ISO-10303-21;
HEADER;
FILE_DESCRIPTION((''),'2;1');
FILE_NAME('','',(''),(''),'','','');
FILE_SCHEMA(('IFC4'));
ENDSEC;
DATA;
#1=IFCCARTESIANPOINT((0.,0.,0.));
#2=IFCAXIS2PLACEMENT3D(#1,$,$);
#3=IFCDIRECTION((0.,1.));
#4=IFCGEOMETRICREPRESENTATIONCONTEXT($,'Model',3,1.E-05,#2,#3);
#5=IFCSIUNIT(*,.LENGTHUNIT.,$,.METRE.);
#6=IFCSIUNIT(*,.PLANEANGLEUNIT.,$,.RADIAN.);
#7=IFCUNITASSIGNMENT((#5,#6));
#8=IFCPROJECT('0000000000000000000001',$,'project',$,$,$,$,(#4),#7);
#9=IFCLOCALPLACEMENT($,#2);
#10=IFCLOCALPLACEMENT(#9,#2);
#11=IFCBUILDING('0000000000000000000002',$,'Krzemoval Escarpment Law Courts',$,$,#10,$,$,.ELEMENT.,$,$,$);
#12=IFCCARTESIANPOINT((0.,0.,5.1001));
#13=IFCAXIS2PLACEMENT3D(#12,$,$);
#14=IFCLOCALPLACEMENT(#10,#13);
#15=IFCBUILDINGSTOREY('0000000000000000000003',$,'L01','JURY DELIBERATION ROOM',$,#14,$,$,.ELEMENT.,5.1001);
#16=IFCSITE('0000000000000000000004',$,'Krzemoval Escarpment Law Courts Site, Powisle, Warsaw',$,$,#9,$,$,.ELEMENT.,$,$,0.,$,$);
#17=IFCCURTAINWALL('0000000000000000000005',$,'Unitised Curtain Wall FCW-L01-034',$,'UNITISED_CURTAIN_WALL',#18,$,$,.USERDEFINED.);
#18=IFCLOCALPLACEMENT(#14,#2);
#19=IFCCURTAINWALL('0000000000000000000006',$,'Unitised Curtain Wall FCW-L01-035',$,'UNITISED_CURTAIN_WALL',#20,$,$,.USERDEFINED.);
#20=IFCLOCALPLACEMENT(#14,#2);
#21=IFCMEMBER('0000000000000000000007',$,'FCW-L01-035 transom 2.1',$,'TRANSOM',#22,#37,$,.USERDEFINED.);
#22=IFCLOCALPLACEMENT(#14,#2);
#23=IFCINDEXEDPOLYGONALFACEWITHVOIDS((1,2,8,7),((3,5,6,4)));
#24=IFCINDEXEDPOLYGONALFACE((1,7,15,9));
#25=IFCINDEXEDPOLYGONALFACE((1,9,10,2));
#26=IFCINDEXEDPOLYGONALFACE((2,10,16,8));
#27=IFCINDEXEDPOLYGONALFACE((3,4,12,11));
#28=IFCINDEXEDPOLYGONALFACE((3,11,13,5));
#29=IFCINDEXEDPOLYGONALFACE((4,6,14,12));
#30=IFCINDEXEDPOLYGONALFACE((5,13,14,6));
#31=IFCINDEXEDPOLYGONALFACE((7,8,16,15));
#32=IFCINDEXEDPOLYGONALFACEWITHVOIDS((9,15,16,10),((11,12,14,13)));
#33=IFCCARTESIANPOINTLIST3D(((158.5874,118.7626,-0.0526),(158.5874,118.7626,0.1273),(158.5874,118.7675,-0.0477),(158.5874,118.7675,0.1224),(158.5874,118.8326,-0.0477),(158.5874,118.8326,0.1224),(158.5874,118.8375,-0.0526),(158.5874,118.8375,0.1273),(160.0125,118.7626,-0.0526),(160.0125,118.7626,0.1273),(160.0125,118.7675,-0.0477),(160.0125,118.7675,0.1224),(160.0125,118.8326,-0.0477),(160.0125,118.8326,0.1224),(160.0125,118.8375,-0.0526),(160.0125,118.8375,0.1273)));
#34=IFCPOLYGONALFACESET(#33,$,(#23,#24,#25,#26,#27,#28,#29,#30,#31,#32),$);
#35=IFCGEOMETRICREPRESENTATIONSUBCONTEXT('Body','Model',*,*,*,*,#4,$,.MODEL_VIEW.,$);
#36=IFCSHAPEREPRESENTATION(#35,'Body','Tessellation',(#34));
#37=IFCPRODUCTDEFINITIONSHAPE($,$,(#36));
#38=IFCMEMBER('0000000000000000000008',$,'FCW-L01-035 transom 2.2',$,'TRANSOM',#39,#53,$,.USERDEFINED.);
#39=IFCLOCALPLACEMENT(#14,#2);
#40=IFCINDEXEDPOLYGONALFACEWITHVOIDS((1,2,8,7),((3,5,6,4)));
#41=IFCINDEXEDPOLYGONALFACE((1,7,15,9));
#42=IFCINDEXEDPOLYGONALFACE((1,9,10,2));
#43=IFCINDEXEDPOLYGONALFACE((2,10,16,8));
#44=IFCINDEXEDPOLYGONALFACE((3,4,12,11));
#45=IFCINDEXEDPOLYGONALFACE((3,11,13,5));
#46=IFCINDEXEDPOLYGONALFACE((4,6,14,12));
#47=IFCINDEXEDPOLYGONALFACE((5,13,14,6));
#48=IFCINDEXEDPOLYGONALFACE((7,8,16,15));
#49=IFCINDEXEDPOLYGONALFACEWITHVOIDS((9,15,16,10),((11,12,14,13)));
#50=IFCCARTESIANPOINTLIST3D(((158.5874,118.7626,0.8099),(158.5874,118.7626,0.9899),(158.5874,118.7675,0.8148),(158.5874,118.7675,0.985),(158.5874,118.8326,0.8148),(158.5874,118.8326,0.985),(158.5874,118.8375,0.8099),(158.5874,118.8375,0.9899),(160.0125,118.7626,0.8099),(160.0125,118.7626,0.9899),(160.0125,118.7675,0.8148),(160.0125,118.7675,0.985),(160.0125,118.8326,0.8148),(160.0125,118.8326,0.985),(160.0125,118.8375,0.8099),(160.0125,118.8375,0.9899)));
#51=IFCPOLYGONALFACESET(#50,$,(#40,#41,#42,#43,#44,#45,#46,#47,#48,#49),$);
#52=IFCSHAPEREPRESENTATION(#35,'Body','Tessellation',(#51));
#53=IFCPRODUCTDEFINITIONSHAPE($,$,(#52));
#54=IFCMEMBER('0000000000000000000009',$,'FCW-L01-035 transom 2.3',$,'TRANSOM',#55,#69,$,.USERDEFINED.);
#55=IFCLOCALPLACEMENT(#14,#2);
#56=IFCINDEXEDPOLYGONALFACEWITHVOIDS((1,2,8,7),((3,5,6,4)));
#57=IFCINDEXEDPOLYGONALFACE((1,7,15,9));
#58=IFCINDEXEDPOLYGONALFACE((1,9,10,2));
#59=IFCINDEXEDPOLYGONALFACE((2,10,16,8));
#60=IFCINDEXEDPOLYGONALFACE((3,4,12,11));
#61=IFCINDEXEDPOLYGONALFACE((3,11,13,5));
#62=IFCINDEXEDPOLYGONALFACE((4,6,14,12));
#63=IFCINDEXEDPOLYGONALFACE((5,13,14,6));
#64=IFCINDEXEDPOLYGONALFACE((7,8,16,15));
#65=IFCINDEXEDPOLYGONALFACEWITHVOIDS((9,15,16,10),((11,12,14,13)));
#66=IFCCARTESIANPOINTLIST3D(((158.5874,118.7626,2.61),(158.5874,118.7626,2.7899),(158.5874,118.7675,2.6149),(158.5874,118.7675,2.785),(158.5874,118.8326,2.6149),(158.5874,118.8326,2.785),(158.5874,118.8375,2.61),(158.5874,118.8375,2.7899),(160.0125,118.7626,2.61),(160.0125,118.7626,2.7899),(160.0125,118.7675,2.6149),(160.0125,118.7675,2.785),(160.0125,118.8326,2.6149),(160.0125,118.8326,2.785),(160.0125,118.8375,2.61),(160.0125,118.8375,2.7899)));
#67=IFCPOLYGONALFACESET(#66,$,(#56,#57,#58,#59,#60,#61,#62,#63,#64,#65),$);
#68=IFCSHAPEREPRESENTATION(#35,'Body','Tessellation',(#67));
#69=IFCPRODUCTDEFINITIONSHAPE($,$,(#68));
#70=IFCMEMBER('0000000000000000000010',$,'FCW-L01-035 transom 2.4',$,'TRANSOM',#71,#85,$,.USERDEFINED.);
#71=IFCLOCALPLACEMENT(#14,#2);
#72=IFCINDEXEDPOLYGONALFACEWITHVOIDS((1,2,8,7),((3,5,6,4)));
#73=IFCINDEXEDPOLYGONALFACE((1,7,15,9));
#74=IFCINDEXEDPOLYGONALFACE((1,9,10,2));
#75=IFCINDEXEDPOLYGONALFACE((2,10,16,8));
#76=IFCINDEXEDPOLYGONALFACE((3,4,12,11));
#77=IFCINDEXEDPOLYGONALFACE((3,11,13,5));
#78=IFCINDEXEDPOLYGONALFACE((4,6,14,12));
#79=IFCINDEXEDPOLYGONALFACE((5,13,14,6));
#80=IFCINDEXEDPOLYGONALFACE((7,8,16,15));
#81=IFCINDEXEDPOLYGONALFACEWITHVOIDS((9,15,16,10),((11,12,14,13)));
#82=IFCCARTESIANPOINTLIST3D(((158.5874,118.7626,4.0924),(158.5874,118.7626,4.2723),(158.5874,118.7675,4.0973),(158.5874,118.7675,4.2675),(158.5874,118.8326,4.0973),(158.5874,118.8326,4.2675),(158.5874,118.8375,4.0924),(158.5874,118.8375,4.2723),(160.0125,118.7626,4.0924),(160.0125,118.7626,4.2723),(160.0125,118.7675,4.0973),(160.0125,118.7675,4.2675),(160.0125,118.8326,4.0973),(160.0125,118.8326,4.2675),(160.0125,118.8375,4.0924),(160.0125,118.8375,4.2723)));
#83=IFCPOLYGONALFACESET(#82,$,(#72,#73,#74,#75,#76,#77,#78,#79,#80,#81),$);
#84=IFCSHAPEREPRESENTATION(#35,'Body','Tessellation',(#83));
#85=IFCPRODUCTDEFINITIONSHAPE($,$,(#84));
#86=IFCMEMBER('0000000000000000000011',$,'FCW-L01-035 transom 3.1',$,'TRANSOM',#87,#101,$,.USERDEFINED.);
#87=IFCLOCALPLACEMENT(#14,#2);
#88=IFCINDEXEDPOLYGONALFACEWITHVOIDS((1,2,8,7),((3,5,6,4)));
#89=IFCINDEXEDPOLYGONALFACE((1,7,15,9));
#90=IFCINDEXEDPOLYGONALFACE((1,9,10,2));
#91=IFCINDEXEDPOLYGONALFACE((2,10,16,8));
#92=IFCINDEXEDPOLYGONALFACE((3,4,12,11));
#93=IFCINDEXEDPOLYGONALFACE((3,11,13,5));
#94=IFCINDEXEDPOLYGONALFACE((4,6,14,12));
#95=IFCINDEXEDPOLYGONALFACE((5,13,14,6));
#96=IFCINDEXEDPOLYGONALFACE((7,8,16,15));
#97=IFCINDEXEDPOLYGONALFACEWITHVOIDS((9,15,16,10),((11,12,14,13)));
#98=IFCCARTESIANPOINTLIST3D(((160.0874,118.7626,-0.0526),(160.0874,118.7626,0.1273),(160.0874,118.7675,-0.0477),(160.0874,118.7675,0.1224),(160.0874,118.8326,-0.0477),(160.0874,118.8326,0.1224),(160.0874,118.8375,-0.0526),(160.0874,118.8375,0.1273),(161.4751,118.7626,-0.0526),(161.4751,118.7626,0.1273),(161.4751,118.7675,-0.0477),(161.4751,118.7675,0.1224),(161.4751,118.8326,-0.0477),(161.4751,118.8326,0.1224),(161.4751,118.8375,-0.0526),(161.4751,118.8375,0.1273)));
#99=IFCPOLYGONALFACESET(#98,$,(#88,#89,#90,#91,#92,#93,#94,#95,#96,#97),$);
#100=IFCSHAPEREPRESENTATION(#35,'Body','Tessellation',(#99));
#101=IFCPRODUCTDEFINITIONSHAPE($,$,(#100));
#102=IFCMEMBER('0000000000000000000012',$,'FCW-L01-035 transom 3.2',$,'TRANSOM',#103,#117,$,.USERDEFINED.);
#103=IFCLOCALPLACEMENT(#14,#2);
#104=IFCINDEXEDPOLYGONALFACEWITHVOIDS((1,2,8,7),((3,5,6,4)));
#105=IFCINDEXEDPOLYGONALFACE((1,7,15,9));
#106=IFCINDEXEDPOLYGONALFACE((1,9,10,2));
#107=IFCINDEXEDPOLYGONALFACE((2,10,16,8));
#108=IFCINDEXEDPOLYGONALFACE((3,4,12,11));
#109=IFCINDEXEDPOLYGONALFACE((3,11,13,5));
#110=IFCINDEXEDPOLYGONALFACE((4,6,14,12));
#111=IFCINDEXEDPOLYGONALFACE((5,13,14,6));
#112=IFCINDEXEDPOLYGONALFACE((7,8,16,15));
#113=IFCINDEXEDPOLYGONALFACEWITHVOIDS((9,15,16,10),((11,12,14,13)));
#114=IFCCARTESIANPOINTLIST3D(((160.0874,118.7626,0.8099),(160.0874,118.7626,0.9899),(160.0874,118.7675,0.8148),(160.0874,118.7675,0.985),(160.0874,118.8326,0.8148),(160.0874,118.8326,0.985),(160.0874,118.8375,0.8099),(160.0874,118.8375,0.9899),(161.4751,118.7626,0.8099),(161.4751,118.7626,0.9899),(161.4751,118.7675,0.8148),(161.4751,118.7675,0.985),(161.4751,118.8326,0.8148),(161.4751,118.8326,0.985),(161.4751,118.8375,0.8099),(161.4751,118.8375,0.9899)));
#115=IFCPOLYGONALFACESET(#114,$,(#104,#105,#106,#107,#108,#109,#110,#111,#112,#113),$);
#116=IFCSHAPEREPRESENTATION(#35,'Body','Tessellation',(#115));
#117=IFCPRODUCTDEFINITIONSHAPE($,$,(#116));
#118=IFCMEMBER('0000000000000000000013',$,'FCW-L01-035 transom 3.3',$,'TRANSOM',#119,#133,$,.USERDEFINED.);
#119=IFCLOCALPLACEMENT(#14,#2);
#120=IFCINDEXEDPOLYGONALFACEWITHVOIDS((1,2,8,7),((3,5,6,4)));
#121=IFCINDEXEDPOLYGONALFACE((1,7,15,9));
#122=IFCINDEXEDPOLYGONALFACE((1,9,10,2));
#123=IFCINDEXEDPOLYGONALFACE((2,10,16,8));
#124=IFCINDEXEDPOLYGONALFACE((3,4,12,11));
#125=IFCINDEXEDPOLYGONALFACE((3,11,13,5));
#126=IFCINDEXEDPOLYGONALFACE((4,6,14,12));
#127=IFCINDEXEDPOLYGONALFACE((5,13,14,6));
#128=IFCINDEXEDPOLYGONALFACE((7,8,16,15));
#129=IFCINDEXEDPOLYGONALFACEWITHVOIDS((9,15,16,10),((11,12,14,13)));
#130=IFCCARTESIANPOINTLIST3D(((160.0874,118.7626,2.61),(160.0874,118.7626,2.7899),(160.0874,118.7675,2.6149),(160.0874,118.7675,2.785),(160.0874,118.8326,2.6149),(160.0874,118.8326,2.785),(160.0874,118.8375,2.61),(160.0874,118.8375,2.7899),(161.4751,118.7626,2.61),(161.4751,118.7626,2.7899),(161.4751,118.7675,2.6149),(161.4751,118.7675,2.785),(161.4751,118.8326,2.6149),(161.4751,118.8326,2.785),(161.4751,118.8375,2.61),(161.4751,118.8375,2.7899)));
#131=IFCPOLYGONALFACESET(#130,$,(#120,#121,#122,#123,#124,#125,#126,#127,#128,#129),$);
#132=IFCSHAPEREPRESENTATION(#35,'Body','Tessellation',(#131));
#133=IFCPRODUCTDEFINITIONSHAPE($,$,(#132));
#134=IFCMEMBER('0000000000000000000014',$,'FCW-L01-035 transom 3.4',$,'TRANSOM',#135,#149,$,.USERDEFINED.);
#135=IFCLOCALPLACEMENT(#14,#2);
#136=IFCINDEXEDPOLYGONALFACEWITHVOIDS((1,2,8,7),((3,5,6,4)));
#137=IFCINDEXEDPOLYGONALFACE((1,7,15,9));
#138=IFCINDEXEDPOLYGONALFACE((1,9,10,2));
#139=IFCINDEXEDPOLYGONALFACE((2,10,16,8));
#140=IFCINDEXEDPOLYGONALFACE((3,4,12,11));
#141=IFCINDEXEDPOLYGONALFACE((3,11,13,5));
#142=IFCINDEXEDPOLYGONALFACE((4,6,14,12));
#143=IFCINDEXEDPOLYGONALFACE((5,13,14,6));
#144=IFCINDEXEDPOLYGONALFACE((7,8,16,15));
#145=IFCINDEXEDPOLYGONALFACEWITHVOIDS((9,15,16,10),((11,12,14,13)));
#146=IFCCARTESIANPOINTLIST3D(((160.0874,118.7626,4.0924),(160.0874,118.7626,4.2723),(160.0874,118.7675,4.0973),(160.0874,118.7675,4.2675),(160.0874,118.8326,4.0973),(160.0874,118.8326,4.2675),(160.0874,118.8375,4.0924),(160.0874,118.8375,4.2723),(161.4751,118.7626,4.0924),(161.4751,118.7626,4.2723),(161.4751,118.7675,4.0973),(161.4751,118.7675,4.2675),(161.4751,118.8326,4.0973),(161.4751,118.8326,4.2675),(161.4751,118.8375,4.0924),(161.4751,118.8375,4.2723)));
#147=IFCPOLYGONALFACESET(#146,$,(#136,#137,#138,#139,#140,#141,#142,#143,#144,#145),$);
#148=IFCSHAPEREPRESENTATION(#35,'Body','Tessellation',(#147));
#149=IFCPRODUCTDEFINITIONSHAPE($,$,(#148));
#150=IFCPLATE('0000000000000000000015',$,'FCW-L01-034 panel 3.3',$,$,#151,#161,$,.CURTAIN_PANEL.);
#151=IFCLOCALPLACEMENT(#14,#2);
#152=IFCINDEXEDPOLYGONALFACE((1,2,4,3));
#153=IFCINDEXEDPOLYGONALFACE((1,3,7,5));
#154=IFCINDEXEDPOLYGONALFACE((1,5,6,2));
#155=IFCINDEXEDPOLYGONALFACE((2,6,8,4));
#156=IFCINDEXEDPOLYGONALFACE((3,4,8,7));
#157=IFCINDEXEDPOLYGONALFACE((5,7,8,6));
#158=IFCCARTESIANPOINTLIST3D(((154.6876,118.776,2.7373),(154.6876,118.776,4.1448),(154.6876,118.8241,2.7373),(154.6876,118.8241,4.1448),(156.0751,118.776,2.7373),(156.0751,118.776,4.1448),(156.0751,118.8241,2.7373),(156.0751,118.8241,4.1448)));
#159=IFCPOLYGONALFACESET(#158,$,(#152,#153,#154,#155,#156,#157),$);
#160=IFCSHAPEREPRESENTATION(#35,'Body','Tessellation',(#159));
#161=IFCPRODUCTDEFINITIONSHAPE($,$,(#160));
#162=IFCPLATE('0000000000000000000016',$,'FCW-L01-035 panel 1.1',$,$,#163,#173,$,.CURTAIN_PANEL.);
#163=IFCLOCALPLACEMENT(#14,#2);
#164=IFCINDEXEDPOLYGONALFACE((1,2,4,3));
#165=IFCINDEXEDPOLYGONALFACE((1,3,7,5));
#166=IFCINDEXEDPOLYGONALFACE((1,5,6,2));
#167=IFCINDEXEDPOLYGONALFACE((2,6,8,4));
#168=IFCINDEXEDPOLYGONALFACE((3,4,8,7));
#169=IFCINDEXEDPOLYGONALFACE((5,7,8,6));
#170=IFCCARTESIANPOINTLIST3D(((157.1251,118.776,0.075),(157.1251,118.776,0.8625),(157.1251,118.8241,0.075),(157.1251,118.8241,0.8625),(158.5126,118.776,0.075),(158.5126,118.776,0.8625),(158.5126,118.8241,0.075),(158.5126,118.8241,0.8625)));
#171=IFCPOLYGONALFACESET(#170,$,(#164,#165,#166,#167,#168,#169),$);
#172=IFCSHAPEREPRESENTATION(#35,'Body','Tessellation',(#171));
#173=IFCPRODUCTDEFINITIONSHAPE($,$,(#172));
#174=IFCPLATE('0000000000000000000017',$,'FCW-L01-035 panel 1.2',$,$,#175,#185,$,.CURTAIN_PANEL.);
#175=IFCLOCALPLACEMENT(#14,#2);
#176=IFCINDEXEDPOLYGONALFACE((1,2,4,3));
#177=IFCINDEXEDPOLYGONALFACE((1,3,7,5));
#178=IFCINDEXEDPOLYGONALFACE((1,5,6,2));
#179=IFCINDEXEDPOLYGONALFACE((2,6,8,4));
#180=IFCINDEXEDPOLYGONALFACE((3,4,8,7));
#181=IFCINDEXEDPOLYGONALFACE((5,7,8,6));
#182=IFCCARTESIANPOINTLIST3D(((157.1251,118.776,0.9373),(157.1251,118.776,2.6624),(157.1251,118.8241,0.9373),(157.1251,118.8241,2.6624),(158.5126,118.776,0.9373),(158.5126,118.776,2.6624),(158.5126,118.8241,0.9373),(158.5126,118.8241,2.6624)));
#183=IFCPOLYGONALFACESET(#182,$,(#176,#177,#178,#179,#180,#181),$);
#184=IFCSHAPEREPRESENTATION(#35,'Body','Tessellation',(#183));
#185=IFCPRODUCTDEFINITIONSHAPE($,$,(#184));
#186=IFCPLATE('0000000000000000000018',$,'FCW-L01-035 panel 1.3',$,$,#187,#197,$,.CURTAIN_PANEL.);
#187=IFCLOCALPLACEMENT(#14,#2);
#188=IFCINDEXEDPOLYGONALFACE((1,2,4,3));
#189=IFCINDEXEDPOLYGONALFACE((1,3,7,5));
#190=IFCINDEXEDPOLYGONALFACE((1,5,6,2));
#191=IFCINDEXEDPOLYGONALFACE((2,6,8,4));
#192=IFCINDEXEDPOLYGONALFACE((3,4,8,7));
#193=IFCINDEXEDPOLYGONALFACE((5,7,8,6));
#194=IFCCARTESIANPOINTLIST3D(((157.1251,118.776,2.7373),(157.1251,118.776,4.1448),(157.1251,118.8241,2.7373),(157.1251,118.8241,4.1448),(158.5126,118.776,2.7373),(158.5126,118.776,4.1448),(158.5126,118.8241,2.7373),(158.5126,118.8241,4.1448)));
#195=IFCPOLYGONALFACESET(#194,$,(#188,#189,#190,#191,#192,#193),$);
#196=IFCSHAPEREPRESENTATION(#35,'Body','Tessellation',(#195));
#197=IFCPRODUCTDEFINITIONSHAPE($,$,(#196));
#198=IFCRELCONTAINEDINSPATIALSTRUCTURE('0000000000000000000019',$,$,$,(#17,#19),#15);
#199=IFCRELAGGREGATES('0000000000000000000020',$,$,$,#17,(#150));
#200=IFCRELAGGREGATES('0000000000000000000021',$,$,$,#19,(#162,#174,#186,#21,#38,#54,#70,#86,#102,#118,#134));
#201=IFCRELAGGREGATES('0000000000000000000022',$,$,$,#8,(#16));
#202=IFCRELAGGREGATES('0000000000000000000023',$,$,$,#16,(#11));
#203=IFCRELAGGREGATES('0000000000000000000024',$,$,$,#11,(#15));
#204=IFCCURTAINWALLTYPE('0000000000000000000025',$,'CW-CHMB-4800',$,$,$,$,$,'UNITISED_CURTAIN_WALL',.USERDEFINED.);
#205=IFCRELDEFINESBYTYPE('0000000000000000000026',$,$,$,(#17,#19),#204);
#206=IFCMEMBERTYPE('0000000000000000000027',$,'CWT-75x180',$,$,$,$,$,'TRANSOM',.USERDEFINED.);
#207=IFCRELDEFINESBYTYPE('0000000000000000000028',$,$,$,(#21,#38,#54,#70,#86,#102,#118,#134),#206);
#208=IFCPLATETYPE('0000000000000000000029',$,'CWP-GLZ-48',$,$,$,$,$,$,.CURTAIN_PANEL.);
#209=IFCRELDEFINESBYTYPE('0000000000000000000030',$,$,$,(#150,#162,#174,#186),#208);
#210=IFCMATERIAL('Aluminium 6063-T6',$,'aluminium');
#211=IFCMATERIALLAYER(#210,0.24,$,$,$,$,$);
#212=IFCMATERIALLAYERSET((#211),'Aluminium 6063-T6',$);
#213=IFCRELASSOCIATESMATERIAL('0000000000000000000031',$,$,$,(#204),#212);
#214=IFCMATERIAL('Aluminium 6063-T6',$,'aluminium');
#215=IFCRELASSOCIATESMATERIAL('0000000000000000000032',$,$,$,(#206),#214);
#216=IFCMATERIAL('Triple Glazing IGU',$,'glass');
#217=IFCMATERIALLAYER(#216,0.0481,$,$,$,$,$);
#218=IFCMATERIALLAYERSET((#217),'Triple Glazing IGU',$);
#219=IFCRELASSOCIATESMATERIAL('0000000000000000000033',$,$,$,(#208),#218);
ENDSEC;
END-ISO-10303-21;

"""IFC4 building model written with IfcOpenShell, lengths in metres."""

from ifc_helpers import new_model, si_unit, direction, frame, origin, origin_2d, place, context, subcontext, project, spatial, rectangle, hollow_rectangle, extrude, material, layer, layer_set, material_profile, profile_set, type_object, element, aggregate, save


model = new_model("IFC4")

# Units and contexts
model_context = context("Model", 3, precision=1e-05, world=origin(), true_north=direction((0.0, 1.0)))
body_context = subcontext(model_context, "Body", "Model", "MODEL_VIEW")
ifc_project = project(units=[si_unit("LENGTHUNIT", "METRE"), si_unit("PLANEANGLEUNIT", "RADIAN")], contexts=[model_context])

# Site, building, storey
site_placement = place(None, origin())
site = spatial("IfcSite", under=ifc_project, at=site_placement, Name="Krzemoval Escarpment Law Courts Site, Powisle, Warsaw", CompositionType="ELEMENT", RefElevation=0.0)
building_placement = place(site_placement, origin())
building = spatial("IfcBuilding", under=site, at=building_placement, Name="Krzemoval Escarpment Law Courts", CompositionType="ELEMENT")
storey_placement = place(building_placement, frame((0.0, 0.0, 5.1001)))
storey = spatial("IfcBuildingStorey", under=building, at=storey_placement, Name="L01", Description="JURY DELIBERATION ROOM", CompositionType="ELEMENT", Elevation=5.1001)

# Curtain wall
ifc_material_1 = material(Name="Aluminium 6063-T6", Category="aluminium")
ifc_layer_1 = layer(ifc_material_1, 0.24)
ifc_layer_set_1 = layer_set([ifc_layer_1], Name="Aluminium 6063-T6")
curtain_wall_type = type_object("IfcCurtainWallType", Name="CW-CHMB-4800", ElementType="UNITISED_CURTAIN_WALL", PredefinedType="USERDEFINED", material=ifc_layer_set_1)
curtain_wall_1_placement = place(storey_placement, origin())
curtain_wall_1 = element("IfcCurtainWall", 1, at=curtain_wall_1_placement, inside=storey, type_object=curtain_wall_type, Name="Unitised Curtain Wall FCW-L01-034", ObjectType="UNITISED_CURTAIN_WALL", PredefinedType="USERDEFINED")

# Curtain wall, members
curtain_wall_2_placement = place(storey_placement, origin())
curtain_wall_2 = element("IfcCurtainWall", 2, at=curtain_wall_2_placement, inside=storey, type_object=curtain_wall_type, Name="Unitised Curtain Wall FCW-L01-035", ObjectType="UNITISED_CURTAIN_WALL", PredefinedType="USERDEFINED")
ifc_material_2 = material(Name="Aluminium 6063-T6", Category="aluminium")
ifc_material_profile_1 = material_profile(ifc_material_2, hollow_rectangle(XDim=0.075, YDim=0.1799, WallThickness=0.0049, at=origin_2d()), Name="ALU T75x180")
ifc_profile_set_1 = profile_set([ifc_material_profile_1], Name="Aluminium 6063-T6")
member_type_1 = type_object("IfcMemberType", Name="CWT-75x180", ElementType="TRANSOM", PredefinedType="USERDEFINED", material=ifc_profile_set_1)
member_1_placement = place(storey_placement, frame((158.5874, 118.8, 0.0374), z_axis=(1.0, 0.0, 0.0), x_axis=(0.0, 1.0, 0.0)))
member_1 = element("IfcMember", 3, at=member_1_placement, type_object=member_type_1, Name="FCW-L01-035 transom 2.1", ObjectType="TRANSOM", PredefinedType="USERDEFINED", context=body_context, shape_type="SweptSolid", body=[
    extrude(hollow_rectangle(XDim=0.075, YDim=0.1799, WallThickness=0.0049, at=origin_2d()), origin(), (0.0, 0.0, 1.0), 1.425),
])
member_2_placement = place(storey_placement, frame((158.5874, 118.8, 0.8999), z_axis=(1.0, 0.0, 0.0), x_axis=(0.0, 1.0, 0.0)))
member_2 = element("IfcMember", 4, at=member_2_placement, type_object=member_type_1, Name="FCW-L01-035 transom 2.2", ObjectType="TRANSOM", PredefinedType="USERDEFINED", context=body_context, shape_type="SweptSolid", body=[
    extrude(hollow_rectangle(XDim=0.075, YDim=0.1799, WallThickness=0.0049, at=origin_2d()), origin(), (0.0, 0.0, 1.0), 1.425),
])
member_3_placement = place(storey_placement, frame((158.5874, 118.8, 2.7), z_axis=(1.0, 0.0, 0.0), x_axis=(0.0, 1.0, 0.0)))
member_3 = element("IfcMember", 5, at=member_3_placement, type_object=member_type_1, Name="FCW-L01-035 transom 2.3", ObjectType="TRANSOM", PredefinedType="USERDEFINED", context=body_context, shape_type="SweptSolid", body=[
    extrude(hollow_rectangle(XDim=0.075, YDim=0.1799, WallThickness=0.0049, at=origin_2d()), origin(), (0.0, 0.0, 1.0), 1.425),
])
member_4_placement = place(storey_placement, frame((158.5874, 118.8, 4.1824), z_axis=(1.0, 0.0, 0.0), x_axis=(0.0, 1.0, 0.0)))
member_4 = element("IfcMember", 6, at=member_4_placement, type_object=member_type_1, Name="FCW-L01-035 transom 2.4", ObjectType="TRANSOM", PredefinedType="USERDEFINED", context=body_context, shape_type="SweptSolid", body=[
    extrude(hollow_rectangle(XDim=0.075, YDim=0.1799, WallThickness=0.0049, at=origin_2d()), origin(), (0.0, 0.0, 1.0), 1.425),
])
member_5_placement = place(storey_placement, frame((160.0874, 118.8, 0.0374), z_axis=(1.0, 0.0, 0.0), x_axis=(0.0, 1.0, 0.0)))
member_5 = element("IfcMember", 7, at=member_5_placement, type_object=member_type_1, Name="FCW-L01-035 transom 3.1", ObjectType="TRANSOM", PredefinedType="USERDEFINED", context=body_context, shape_type="SweptSolid", body=[
    extrude(hollow_rectangle(XDim=0.075, YDim=0.1799, WallThickness=0.0049, at=origin_2d()), origin(), (0.0, 0.0, 1.0), 1.3877),
])
member_6_placement = place(storey_placement, frame((160.0874, 118.8, 0.8999), z_axis=(1.0, 0.0, 0.0), x_axis=(0.0, 1.0, 0.0)))
member_6 = element("IfcMember", 8, at=member_6_placement, type_object=member_type_1, Name="FCW-L01-035 transom 3.2", ObjectType="TRANSOM", PredefinedType="USERDEFINED", context=body_context, shape_type="SweptSolid", body=[
    extrude(hollow_rectangle(XDim=0.075, YDim=0.1799, WallThickness=0.0049, at=origin_2d()), origin(), (0.0, 0.0, 1.0), 1.3877),
])
member_7_placement = place(storey_placement, frame((160.0874, 118.8, 2.7), z_axis=(1.0, 0.0, 0.0), x_axis=(0.0, 1.0, 0.0)))
member_7 = element("IfcMember", 9, at=member_7_placement, type_object=member_type_1, Name="FCW-L01-035 transom 3.3", ObjectType="TRANSOM", PredefinedType="USERDEFINED", context=body_context, shape_type="SweptSolid", body=[
    extrude(hollow_rectangle(XDim=0.075, YDim=0.1799, WallThickness=0.0049, at=origin_2d()), origin(), (0.0, 0.0, 1.0), 1.3877),
])
member_8_placement = place(storey_placement, frame((160.0874, 118.8, 4.1824), z_axis=(1.0, 0.0, 0.0), x_axis=(0.0, 1.0, 0.0)))
member_8 = element("IfcMember", 10, at=member_8_placement, type_object=member_type_1, Name="FCW-L01-035 transom 3.4", ObjectType="TRANSOM", PredefinedType="USERDEFINED", context=body_context, shape_type="SweptSolid", body=[
    extrude(hollow_rectangle(XDim=0.075, YDim=0.1799, WallThickness=0.0049, at=origin_2d()), origin(), (0.0, 0.0, 1.0), 1.3877),
])

# Plates
ifc_material_3 = material(Name="Triple Glazing IGU", Category="glass")
ifc_layer_2 = layer(ifc_material_3, 0.0481)
ifc_layer_set_2 = layer_set([ifc_layer_2], Name="Triple Glazing IGU")
plate_type = type_object("IfcPlateType", Name="CWP-GLZ-48", PredefinedType="CURTAIN_PANEL", material=ifc_layer_set_2)
plate_1_placement = place(storey_placement, frame((155.3813, 118.8, 2.7373), z_axis=(0.0, 0.0, 1.0), x_axis=(1.0, 0.0, 0.0)))
plate_1 = element("IfcPlate", 11, at=plate_1_placement, type_object=plate_type, Name="FCW-L01-034 panel 3.3", PredefinedType="CURTAIN_PANEL", context=body_context, shape_type="SweptSolid", body=[
    extrude(rectangle(XDim=1.3875, YDim=0.0481, at=origin_2d()), origin(), (0.0, 0.0, 1.0), 1.4075),
])
aggregate(curtain_wall_1, [plate_1])
plate_2_placement = place(storey_placement, frame((157.8188, 118.8, 0.075), z_axis=(0.0, 0.0, 1.0), x_axis=(1.0, 0.0, 0.0)))
plate_2 = element("IfcPlate", 12, at=plate_2_placement, type_object=plate_type, Name="FCW-L01-035 panel 1.1", PredefinedType="CURTAIN_PANEL", context=body_context, shape_type="SweptSolid", body=[
    extrude(rectangle(XDim=1.3875, YDim=0.0481, at=origin_2d()), origin(), (0.0, 0.0, 1.0), 0.7876),
])
plate_3_placement = place(storey_placement, frame((157.8188, 118.8, 0.9373), z_axis=(0.0, 0.0, 1.0), x_axis=(1.0, 0.0, 0.0)))
plate_3 = element("IfcPlate", 13, at=plate_3_placement, type_object=plate_type, Name="FCW-L01-035 panel 1.2", PredefinedType="CURTAIN_PANEL", context=body_context, shape_type="SweptSolid", body=[
    extrude(rectangle(XDim=1.3875, YDim=0.0481, at=origin_2d()), origin(), (0.0, 0.0, 1.0), 1.7251),
])
plate_4_placement = place(storey_placement, frame((157.8188, 118.8, 2.7373), z_axis=(0.0, 0.0, 1.0), x_axis=(1.0, 0.0, 0.0)))
plate_4 = element("IfcPlate", 14, at=plate_4_placement, type_object=plate_type, Name="FCW-L01-035 panel 1.3", PredefinedType="CURTAIN_PANEL", context=body_context, shape_type="SweptSolid", body=[
    extrude(rectangle(XDim=1.3875, YDim=0.0481, at=origin_2d()), origin(), (0.0, 0.0, 1.0), 1.4075),
])
aggregate(curtain_wall_2, [plate_2, plate_3, plate_4, member_1, member_2, member_3, member_4, member_5, member_6, member_7, member_8])

save(model, "model.ifc")
